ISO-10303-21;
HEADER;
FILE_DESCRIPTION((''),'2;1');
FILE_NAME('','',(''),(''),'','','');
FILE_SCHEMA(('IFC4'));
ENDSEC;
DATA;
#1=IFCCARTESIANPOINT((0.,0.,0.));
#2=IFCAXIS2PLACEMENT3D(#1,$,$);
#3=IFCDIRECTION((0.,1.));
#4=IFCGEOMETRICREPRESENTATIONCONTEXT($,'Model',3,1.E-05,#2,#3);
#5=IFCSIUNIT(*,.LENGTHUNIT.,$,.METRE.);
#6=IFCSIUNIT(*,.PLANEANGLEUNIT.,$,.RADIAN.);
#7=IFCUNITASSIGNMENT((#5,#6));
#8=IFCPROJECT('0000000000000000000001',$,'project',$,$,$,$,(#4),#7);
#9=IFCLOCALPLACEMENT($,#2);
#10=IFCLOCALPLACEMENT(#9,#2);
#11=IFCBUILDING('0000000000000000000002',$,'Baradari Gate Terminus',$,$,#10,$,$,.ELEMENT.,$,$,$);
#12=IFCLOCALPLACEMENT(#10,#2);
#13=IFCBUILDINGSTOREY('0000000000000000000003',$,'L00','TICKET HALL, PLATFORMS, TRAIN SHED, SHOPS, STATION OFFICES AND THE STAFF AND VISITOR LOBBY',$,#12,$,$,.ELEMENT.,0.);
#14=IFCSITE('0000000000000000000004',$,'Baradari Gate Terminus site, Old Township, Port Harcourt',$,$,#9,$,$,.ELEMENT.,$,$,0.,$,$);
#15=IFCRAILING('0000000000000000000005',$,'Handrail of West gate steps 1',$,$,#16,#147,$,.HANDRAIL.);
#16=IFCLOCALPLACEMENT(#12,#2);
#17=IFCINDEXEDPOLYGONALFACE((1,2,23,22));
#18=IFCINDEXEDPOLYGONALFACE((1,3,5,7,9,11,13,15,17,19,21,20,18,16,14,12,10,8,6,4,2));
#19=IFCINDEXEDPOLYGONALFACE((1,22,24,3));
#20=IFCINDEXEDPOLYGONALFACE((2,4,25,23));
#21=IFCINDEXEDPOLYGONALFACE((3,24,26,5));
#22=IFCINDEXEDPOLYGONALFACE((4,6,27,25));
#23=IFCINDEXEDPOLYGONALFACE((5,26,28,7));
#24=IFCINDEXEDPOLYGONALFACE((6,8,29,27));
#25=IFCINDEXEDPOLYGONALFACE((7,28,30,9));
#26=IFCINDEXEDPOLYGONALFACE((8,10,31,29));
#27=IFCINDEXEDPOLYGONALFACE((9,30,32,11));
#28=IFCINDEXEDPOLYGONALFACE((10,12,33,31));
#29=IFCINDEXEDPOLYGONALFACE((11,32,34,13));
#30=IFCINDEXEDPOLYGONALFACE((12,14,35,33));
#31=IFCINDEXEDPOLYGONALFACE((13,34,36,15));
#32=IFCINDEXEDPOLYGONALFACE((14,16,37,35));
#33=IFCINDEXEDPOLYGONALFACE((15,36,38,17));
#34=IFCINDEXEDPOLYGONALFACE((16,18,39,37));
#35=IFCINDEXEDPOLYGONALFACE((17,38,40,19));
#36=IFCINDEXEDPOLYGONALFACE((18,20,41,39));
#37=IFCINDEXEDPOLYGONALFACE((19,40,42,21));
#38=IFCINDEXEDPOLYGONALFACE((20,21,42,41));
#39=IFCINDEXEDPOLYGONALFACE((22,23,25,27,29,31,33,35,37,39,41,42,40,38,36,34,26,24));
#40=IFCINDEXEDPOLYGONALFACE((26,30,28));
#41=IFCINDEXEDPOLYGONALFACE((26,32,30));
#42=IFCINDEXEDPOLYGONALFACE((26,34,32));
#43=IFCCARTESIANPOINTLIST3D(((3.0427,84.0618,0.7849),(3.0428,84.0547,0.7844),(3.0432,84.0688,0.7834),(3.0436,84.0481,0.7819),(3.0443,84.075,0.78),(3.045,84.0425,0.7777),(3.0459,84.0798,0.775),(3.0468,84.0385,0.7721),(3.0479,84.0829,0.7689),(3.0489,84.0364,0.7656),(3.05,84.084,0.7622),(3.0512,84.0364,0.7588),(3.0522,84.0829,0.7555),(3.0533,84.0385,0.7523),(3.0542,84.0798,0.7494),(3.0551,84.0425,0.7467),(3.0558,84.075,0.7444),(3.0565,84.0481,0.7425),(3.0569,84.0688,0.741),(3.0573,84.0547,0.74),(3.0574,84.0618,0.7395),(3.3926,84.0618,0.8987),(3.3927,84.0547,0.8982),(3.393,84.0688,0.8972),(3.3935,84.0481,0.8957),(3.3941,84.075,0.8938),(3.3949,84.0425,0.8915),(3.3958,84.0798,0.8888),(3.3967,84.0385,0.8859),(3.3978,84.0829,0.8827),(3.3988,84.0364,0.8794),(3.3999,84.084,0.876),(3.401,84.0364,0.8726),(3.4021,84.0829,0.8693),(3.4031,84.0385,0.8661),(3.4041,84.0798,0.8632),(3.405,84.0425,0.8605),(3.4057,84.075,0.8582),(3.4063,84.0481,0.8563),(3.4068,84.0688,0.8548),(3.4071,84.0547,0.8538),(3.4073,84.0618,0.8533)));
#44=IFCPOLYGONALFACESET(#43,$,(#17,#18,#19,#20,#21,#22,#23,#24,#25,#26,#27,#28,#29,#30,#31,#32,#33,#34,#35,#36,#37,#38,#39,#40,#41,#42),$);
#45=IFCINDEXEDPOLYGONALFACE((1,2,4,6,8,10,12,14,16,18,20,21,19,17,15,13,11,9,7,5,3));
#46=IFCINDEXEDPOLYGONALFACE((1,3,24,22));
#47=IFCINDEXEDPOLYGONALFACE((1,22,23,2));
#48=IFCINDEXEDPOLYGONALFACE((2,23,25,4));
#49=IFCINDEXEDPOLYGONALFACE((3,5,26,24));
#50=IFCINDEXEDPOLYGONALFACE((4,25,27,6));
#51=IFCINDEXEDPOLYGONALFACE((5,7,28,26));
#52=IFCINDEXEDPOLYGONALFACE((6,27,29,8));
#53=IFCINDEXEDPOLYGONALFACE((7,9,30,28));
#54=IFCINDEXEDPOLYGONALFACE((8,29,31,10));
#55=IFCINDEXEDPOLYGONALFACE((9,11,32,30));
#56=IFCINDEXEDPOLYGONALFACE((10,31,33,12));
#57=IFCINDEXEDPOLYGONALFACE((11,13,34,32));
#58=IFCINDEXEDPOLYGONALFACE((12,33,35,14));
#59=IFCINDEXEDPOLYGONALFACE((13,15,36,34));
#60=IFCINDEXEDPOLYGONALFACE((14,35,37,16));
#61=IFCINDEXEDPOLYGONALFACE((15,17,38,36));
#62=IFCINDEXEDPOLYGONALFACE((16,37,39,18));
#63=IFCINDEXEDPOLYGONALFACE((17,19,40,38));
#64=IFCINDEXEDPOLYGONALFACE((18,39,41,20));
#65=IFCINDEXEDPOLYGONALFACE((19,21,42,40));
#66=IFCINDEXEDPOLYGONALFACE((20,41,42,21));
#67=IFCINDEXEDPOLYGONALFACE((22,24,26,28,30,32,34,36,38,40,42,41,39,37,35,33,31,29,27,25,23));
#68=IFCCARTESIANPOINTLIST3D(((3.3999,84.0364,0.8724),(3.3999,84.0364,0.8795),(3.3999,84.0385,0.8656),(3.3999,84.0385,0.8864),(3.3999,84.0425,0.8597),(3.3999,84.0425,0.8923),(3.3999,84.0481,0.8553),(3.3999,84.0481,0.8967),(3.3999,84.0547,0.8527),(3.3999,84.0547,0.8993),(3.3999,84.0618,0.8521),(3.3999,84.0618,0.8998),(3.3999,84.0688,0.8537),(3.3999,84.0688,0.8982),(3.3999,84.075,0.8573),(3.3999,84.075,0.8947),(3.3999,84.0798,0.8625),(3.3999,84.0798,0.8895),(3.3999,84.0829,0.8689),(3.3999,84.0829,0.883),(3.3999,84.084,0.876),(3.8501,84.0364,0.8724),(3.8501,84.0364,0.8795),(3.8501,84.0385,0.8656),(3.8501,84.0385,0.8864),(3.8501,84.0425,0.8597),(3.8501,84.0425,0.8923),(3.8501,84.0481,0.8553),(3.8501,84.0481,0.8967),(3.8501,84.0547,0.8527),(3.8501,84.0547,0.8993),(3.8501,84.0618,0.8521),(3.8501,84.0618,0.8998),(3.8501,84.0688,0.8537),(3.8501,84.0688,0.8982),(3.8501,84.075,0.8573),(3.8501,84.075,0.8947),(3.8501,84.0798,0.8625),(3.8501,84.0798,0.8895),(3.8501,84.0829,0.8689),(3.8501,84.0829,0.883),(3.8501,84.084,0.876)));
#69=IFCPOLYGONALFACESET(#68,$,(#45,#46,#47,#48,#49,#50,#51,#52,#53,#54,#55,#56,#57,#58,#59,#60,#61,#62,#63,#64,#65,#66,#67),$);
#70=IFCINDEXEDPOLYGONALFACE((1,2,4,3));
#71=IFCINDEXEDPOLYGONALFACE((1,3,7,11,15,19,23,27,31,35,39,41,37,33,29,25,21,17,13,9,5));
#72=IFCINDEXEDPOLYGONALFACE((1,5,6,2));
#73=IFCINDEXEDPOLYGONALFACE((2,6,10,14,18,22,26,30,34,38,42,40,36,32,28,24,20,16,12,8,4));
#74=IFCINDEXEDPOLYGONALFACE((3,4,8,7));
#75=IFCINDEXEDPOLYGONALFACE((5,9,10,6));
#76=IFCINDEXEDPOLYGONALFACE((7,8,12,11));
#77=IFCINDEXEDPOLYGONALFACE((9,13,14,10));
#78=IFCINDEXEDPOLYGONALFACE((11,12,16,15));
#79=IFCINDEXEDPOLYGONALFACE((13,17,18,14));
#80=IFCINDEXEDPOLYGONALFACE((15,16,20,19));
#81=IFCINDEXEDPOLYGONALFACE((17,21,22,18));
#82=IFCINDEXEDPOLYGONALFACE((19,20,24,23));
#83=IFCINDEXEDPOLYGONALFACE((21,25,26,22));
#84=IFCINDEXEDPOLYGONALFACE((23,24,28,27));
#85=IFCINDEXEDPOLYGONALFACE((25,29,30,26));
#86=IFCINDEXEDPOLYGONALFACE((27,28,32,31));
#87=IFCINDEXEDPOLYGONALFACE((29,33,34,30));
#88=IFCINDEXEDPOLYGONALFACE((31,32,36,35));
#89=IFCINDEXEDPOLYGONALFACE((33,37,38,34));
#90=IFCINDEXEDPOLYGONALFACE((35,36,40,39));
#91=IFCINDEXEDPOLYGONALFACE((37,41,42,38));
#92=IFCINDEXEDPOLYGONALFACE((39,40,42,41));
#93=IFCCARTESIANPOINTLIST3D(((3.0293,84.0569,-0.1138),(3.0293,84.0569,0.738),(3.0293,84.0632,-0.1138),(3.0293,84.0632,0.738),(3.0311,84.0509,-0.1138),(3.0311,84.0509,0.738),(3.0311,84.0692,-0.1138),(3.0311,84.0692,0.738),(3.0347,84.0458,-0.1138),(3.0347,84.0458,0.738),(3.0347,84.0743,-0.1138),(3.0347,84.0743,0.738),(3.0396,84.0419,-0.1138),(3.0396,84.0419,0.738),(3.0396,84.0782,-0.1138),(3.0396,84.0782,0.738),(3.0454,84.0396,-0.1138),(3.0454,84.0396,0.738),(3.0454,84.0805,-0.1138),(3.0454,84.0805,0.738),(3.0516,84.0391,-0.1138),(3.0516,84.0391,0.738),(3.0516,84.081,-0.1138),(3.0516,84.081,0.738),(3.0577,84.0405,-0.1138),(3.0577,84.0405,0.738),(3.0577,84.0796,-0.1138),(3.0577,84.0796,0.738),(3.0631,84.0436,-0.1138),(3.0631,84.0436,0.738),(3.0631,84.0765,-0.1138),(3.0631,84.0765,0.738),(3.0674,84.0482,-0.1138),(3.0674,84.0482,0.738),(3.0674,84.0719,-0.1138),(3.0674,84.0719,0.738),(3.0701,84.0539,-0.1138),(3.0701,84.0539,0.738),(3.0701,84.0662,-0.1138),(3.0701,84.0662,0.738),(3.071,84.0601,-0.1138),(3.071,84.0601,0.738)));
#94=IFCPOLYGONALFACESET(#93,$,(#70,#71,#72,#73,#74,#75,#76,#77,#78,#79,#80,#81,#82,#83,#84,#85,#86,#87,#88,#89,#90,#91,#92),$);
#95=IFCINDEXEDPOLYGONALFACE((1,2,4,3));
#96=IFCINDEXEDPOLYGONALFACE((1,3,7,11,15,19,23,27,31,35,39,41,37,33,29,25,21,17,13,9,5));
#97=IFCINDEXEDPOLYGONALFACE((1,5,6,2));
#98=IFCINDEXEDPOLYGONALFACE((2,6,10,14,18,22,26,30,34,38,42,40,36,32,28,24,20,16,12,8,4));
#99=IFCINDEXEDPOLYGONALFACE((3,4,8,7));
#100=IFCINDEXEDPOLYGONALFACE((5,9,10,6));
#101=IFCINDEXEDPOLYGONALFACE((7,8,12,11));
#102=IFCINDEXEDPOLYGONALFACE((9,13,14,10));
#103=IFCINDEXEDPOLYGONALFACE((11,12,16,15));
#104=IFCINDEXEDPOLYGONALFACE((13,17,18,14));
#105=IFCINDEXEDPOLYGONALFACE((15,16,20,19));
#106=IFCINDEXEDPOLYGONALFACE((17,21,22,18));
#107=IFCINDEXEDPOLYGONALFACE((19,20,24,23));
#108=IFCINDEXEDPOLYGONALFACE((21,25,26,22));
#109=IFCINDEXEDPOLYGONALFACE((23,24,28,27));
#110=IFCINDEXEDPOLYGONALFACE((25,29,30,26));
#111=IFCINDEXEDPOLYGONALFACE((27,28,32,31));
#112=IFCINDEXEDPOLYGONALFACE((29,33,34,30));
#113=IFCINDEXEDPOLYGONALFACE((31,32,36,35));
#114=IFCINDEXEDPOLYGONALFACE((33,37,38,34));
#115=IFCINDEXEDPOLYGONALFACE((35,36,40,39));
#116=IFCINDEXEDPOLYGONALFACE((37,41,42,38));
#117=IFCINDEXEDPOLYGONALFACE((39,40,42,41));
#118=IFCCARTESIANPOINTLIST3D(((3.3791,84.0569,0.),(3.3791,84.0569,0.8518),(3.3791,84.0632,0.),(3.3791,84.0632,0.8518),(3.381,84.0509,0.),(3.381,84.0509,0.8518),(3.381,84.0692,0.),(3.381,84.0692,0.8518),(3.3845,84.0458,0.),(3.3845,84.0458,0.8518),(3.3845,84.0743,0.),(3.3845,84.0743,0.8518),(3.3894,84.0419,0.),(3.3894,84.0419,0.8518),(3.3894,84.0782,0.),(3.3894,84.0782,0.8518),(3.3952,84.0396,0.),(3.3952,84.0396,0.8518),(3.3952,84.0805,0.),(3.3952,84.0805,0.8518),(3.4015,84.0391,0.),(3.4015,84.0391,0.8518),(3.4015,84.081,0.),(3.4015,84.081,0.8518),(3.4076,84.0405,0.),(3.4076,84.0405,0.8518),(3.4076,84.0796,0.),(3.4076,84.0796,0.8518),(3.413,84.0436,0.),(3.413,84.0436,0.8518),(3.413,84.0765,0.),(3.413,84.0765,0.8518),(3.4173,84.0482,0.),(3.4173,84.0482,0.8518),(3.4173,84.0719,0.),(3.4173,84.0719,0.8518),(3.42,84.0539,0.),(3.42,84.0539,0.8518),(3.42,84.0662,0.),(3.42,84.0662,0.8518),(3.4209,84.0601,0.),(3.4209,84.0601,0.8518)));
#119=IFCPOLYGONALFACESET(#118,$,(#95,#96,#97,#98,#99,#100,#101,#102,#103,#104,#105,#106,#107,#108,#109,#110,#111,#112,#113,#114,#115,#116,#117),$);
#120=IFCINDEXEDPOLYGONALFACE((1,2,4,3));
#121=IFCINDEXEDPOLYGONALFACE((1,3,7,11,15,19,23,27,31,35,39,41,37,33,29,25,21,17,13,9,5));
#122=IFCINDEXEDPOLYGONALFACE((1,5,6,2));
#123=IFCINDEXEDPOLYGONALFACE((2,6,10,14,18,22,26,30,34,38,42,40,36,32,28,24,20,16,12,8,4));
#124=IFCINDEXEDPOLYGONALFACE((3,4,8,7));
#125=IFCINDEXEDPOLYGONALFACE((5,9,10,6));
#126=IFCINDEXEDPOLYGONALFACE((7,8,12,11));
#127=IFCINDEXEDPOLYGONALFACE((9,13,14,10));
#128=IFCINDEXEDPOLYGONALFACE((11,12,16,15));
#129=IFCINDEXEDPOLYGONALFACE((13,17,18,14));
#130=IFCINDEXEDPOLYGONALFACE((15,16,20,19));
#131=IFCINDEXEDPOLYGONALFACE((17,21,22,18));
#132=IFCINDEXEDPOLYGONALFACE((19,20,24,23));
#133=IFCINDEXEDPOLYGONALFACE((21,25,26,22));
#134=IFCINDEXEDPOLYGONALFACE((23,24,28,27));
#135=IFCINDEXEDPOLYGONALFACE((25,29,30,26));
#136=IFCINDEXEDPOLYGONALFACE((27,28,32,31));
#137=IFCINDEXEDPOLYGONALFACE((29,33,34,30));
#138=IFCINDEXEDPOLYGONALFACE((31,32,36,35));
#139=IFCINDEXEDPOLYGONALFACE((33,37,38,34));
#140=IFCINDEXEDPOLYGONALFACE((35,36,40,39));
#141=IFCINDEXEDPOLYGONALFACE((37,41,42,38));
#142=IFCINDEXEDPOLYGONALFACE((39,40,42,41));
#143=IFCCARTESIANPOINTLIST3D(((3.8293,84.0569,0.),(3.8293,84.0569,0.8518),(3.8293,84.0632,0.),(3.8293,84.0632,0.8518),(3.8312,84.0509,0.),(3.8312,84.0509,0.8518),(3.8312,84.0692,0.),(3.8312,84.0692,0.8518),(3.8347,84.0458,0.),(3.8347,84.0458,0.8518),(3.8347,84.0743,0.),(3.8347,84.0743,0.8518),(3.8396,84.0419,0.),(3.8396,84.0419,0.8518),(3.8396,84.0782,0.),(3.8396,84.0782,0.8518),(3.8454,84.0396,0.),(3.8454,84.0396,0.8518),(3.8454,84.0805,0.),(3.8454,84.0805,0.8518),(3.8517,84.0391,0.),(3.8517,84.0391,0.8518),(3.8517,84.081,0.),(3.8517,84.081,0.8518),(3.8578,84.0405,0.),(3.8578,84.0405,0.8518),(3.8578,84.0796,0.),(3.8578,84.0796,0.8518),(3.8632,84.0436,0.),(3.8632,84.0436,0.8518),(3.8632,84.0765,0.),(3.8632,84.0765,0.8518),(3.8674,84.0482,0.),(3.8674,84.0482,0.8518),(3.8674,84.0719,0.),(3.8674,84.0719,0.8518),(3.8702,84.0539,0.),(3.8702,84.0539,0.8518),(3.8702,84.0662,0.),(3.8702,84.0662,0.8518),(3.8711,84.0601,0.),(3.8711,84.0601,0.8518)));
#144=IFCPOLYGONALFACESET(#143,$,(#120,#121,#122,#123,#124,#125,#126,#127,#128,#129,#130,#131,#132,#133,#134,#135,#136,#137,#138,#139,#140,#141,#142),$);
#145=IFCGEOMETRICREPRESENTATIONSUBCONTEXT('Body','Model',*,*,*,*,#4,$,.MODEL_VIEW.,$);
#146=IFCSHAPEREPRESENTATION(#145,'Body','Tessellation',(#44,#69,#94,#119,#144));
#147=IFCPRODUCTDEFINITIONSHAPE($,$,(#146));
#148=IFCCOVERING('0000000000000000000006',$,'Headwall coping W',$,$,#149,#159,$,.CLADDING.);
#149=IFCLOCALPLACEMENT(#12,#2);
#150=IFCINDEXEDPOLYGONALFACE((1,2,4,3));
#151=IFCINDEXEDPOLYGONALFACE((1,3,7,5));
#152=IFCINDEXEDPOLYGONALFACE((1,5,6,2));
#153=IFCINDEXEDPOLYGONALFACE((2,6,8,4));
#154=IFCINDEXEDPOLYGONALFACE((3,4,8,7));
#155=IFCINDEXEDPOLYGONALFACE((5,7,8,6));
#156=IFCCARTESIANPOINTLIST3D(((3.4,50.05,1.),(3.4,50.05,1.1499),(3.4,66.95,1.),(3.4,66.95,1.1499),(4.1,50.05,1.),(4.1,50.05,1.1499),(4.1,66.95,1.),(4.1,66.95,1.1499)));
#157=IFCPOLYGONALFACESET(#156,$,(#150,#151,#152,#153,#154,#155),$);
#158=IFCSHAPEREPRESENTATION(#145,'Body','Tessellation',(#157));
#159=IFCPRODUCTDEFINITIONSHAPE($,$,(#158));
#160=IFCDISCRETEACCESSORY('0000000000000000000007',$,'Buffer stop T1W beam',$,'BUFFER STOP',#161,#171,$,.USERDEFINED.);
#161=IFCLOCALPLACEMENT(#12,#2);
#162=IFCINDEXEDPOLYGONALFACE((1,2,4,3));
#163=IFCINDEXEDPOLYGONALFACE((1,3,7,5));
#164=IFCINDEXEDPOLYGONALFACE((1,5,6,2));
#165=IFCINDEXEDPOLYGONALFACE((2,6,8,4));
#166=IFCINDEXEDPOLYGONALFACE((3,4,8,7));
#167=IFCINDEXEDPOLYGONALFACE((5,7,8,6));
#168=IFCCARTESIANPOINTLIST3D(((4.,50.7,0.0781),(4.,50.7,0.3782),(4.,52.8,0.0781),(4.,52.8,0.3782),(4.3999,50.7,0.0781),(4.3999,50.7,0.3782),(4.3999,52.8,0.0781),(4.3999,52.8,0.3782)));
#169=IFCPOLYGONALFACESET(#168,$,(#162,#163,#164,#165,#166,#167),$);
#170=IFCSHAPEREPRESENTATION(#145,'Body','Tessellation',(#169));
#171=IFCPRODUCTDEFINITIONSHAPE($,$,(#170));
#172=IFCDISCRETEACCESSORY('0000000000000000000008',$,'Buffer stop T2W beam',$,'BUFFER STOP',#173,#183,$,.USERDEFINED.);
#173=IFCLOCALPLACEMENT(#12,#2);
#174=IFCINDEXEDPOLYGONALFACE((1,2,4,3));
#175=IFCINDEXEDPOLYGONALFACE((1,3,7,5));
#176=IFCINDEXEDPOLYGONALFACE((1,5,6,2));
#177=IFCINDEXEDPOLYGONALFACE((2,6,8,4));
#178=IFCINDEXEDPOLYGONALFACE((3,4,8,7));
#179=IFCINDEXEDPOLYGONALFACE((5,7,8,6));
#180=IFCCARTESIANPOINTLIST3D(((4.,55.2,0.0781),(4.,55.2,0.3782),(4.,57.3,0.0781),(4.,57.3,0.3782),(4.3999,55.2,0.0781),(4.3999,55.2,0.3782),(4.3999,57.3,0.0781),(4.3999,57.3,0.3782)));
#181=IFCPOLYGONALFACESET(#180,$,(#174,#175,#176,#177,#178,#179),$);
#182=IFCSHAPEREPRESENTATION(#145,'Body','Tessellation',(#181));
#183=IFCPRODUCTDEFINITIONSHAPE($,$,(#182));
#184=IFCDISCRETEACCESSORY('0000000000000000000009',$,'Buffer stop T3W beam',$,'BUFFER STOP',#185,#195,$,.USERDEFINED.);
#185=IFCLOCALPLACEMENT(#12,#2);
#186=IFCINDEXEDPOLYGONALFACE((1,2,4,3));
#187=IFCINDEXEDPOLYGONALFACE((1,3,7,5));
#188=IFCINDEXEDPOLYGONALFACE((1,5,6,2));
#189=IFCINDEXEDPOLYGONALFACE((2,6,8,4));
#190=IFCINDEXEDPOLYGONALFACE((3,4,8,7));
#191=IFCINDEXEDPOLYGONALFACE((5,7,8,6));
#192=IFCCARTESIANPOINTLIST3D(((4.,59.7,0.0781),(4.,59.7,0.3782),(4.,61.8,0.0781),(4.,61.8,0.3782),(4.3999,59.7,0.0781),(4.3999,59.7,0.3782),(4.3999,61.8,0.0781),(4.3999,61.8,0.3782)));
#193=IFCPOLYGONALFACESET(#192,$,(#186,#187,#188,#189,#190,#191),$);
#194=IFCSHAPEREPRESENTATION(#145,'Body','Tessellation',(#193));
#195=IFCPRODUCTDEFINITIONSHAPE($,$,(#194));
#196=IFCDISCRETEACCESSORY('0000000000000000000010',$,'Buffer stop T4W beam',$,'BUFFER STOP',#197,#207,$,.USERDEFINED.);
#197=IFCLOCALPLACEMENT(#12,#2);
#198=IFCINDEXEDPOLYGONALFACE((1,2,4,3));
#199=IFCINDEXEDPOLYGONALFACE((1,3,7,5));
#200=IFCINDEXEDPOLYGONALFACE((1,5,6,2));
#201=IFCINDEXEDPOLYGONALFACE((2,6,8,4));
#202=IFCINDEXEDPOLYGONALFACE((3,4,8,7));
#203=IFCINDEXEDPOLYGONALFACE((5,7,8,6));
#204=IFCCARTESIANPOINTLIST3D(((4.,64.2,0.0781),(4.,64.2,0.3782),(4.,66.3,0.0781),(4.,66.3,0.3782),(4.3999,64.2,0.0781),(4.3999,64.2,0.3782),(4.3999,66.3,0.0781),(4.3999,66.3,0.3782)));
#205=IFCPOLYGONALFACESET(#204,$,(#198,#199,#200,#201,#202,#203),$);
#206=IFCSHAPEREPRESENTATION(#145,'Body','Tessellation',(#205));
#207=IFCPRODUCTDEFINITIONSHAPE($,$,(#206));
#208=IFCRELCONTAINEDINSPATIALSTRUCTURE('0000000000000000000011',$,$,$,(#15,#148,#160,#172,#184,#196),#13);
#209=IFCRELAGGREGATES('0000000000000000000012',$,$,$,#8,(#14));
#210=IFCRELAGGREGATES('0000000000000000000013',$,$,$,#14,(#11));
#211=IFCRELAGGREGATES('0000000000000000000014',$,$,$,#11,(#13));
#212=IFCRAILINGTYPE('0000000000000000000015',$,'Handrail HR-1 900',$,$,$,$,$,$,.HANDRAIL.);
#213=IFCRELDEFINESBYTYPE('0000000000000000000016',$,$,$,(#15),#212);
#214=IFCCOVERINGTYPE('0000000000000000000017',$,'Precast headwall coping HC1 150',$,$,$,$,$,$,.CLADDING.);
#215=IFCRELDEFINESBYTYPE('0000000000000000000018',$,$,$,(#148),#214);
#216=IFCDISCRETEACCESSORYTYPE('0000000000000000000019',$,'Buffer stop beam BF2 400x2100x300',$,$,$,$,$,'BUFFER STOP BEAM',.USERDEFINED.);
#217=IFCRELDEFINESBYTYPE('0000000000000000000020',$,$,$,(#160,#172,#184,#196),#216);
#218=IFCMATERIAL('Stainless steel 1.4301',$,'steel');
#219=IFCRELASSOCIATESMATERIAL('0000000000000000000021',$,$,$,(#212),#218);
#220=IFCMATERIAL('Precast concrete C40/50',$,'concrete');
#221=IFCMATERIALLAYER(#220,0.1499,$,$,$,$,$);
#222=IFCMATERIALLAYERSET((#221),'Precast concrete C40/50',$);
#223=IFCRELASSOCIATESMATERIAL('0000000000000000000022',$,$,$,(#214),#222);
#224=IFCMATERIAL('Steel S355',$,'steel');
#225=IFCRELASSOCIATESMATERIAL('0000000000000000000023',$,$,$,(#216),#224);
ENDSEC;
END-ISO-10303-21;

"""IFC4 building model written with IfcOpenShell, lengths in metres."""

from ifc_helpers import new_model, si_unit, direction, frame, origin, origin_2d, place, context, subcontext, project, spatial, rectangle, circle, extrude, material, layer, layer_set, type_object, element, save


model = new_model("IFC4")

# Units and contexts
model_context = context("Model", 3, precision=1e-05, world=origin(), true_north=direction((0.0, 1.0)))
body_context = subcontext(model_context, "Body", "Model", "MODEL_VIEW")
ifc_project = project(units=[si_unit("LENGTHUNIT", "METRE"), si_unit("PLANEANGLEUNIT", "RADIAN")], contexts=[model_context])

# Site, building, storey
site_placement = place(None, origin())
site = spatial("IfcSite", under=ifc_project, at=site_placement, Name="Baradari Gate Terminus site, Old Township, Port Harcourt", CompositionType="ELEMENT", RefElevation=0.0)
building_placement = place(site_placement, origin())
building = spatial("IfcBuilding", under=site, at=building_placement, Name="Baradari Gate Terminus", CompositionType="ELEMENT")
storey_placement = place(building_placement, origin())
storey = spatial("IfcBuildingStorey", under=building, at=storey_placement, Name="L00", Description="TICKET HALL, PLATFORMS, TRAIN SHED, SHOPS, STATION OFFICES AND THE STAFF AND VISITOR LOBBY", CompositionType="ELEMENT", Elevation=0.0)

# Railing
ifc_material_1 = material(Name="Stainless steel 1.4301", Category="steel")
railing_type = type_object("IfcRailingType", Name="Handrail HR-1 900", PredefinedType="HANDRAIL", material=ifc_material_1)
railing_placement = place(storey_placement, frame((3.05, 84.0601, -0.1138)))
element("IfcRailing", 1, at=railing_placement, inside=storey, type_object=railing_type, Name="Handrail of West gate steps 1", PredefinedType="HANDRAIL", context=body_context, shape_type="SweptSolid", body=[
    extrude(circle(Radius=0.0239, at=origin_2d()), frame((0.0, 0.0, 0.876), z_axis=(0.95098, 0.0, 0.309251), x_axis=(0.0, 1.0, 0.0)), (0.0, 0.0, 1.0), 0.3679),
    extrude(circle(Radius=0.0239, at=origin_2d()), frame((0.3499, 0.0, 0.9897), z_axis=(1.0, 0.0, 0.0), x_axis=(0.0, 1.0, 0.0)), (0.0, 0.0, 1.0), 0.4502),
    extrude(circle(Radius=0.021, at=origin_2d()), origin(), (0.0, 0.0, 1.0), 0.8518),
    extrude(circle(Radius=0.021, at=origin_2d()), frame((0.3499, 0.0, 0.1138)), (0.0, 0.0, 1.0), 0.8518),
    extrude(circle(Radius=0.021, at=origin_2d()), frame((0.8, 0.0, 0.1138)), (0.0, 0.0, 1.0), 0.8518),
])

# Covering
ifc_material_2 = material(Name="Precast concrete C40/50", Category="concrete")
ifc_layer_1 = layer(ifc_material_2, 0.1499)
ifc_layer_set_1 = layer_set([ifc_layer_1], Name="Precast concrete C40/50")
covering_type_1 = type_object("IfcCoveringType", Name="Precast headwall coping HC1 150", PredefinedType="CLADDING", material=ifc_layer_set_1)
covering_1_placement = place(storey_placement, frame((3.75, 58.5, 1.0), z_axis=(0.0, 0.0, 1.0), x_axis=(1.0, 0.0, 0.0)))
element("IfcCovering", 2, at=covering_1_placement, inside=storey, type_object=covering_type_1, Name="Headwall coping W", PredefinedType="CLADDING", context=body_context, shape_type="SweptSolid", body=[
    extrude(rectangle(XDim=0.7, YDim=16.8999, at=origin_2d()), origin(), (0.0, 0.0, 1.0), 0.1499),
])

# Discrete accessories
ifc_material_3 = material(Name="Steel S355", Category="steel")
discrete_accessory_type_1 = type_object("IfcDiscreteAccessoryType", Name="Buffer stop beam BF2 400x2100x300", ElementType="BUFFER STOP BEAM", PredefinedType="USERDEFINED", material=ifc_material_3)
for number, where, z_axis, x_axis, name in (
    (3, (4.2, 51.75, 0.0781), (0.0, 0.0, 1.0), (1.0, 0.0, 0.0), "Buffer stop T1W beam"),
    (4, (4.2, 56.25, 0.0781), (0.0, 0.0, 1.0), (1.0, 0.0, 0.0), "Buffer stop T2W beam"),
    (5, (4.2, 60.75, 0.0781), (0.0, 0.0, 1.0), (1.0, 0.0, 0.0), "Buffer stop T3W beam"),
    (6, (4.2, 65.25, 0.0781), (0.0, 0.0, 1.0), (1.0, 0.0, 0.0), "Buffer stop T4W beam"),
):
    element("IfcDiscreteAccessory", number, at=place(storey_placement, frame(where, z_axis=z_axis, x_axis=x_axis)), inside=storey, type_object=discrete_accessory_type_1, Name=name, ObjectType="BUFFER STOP", PredefinedType="USERDEFINED", context=body_context, shape_type="SweptSolid", body=[
        extrude(rectangle(XDim=0.3999, YDim=2.1001, at=origin_2d()), origin(), (0.0, 0.0, 1.0), 0.3),
    ])

save(model, "model.ifc")
